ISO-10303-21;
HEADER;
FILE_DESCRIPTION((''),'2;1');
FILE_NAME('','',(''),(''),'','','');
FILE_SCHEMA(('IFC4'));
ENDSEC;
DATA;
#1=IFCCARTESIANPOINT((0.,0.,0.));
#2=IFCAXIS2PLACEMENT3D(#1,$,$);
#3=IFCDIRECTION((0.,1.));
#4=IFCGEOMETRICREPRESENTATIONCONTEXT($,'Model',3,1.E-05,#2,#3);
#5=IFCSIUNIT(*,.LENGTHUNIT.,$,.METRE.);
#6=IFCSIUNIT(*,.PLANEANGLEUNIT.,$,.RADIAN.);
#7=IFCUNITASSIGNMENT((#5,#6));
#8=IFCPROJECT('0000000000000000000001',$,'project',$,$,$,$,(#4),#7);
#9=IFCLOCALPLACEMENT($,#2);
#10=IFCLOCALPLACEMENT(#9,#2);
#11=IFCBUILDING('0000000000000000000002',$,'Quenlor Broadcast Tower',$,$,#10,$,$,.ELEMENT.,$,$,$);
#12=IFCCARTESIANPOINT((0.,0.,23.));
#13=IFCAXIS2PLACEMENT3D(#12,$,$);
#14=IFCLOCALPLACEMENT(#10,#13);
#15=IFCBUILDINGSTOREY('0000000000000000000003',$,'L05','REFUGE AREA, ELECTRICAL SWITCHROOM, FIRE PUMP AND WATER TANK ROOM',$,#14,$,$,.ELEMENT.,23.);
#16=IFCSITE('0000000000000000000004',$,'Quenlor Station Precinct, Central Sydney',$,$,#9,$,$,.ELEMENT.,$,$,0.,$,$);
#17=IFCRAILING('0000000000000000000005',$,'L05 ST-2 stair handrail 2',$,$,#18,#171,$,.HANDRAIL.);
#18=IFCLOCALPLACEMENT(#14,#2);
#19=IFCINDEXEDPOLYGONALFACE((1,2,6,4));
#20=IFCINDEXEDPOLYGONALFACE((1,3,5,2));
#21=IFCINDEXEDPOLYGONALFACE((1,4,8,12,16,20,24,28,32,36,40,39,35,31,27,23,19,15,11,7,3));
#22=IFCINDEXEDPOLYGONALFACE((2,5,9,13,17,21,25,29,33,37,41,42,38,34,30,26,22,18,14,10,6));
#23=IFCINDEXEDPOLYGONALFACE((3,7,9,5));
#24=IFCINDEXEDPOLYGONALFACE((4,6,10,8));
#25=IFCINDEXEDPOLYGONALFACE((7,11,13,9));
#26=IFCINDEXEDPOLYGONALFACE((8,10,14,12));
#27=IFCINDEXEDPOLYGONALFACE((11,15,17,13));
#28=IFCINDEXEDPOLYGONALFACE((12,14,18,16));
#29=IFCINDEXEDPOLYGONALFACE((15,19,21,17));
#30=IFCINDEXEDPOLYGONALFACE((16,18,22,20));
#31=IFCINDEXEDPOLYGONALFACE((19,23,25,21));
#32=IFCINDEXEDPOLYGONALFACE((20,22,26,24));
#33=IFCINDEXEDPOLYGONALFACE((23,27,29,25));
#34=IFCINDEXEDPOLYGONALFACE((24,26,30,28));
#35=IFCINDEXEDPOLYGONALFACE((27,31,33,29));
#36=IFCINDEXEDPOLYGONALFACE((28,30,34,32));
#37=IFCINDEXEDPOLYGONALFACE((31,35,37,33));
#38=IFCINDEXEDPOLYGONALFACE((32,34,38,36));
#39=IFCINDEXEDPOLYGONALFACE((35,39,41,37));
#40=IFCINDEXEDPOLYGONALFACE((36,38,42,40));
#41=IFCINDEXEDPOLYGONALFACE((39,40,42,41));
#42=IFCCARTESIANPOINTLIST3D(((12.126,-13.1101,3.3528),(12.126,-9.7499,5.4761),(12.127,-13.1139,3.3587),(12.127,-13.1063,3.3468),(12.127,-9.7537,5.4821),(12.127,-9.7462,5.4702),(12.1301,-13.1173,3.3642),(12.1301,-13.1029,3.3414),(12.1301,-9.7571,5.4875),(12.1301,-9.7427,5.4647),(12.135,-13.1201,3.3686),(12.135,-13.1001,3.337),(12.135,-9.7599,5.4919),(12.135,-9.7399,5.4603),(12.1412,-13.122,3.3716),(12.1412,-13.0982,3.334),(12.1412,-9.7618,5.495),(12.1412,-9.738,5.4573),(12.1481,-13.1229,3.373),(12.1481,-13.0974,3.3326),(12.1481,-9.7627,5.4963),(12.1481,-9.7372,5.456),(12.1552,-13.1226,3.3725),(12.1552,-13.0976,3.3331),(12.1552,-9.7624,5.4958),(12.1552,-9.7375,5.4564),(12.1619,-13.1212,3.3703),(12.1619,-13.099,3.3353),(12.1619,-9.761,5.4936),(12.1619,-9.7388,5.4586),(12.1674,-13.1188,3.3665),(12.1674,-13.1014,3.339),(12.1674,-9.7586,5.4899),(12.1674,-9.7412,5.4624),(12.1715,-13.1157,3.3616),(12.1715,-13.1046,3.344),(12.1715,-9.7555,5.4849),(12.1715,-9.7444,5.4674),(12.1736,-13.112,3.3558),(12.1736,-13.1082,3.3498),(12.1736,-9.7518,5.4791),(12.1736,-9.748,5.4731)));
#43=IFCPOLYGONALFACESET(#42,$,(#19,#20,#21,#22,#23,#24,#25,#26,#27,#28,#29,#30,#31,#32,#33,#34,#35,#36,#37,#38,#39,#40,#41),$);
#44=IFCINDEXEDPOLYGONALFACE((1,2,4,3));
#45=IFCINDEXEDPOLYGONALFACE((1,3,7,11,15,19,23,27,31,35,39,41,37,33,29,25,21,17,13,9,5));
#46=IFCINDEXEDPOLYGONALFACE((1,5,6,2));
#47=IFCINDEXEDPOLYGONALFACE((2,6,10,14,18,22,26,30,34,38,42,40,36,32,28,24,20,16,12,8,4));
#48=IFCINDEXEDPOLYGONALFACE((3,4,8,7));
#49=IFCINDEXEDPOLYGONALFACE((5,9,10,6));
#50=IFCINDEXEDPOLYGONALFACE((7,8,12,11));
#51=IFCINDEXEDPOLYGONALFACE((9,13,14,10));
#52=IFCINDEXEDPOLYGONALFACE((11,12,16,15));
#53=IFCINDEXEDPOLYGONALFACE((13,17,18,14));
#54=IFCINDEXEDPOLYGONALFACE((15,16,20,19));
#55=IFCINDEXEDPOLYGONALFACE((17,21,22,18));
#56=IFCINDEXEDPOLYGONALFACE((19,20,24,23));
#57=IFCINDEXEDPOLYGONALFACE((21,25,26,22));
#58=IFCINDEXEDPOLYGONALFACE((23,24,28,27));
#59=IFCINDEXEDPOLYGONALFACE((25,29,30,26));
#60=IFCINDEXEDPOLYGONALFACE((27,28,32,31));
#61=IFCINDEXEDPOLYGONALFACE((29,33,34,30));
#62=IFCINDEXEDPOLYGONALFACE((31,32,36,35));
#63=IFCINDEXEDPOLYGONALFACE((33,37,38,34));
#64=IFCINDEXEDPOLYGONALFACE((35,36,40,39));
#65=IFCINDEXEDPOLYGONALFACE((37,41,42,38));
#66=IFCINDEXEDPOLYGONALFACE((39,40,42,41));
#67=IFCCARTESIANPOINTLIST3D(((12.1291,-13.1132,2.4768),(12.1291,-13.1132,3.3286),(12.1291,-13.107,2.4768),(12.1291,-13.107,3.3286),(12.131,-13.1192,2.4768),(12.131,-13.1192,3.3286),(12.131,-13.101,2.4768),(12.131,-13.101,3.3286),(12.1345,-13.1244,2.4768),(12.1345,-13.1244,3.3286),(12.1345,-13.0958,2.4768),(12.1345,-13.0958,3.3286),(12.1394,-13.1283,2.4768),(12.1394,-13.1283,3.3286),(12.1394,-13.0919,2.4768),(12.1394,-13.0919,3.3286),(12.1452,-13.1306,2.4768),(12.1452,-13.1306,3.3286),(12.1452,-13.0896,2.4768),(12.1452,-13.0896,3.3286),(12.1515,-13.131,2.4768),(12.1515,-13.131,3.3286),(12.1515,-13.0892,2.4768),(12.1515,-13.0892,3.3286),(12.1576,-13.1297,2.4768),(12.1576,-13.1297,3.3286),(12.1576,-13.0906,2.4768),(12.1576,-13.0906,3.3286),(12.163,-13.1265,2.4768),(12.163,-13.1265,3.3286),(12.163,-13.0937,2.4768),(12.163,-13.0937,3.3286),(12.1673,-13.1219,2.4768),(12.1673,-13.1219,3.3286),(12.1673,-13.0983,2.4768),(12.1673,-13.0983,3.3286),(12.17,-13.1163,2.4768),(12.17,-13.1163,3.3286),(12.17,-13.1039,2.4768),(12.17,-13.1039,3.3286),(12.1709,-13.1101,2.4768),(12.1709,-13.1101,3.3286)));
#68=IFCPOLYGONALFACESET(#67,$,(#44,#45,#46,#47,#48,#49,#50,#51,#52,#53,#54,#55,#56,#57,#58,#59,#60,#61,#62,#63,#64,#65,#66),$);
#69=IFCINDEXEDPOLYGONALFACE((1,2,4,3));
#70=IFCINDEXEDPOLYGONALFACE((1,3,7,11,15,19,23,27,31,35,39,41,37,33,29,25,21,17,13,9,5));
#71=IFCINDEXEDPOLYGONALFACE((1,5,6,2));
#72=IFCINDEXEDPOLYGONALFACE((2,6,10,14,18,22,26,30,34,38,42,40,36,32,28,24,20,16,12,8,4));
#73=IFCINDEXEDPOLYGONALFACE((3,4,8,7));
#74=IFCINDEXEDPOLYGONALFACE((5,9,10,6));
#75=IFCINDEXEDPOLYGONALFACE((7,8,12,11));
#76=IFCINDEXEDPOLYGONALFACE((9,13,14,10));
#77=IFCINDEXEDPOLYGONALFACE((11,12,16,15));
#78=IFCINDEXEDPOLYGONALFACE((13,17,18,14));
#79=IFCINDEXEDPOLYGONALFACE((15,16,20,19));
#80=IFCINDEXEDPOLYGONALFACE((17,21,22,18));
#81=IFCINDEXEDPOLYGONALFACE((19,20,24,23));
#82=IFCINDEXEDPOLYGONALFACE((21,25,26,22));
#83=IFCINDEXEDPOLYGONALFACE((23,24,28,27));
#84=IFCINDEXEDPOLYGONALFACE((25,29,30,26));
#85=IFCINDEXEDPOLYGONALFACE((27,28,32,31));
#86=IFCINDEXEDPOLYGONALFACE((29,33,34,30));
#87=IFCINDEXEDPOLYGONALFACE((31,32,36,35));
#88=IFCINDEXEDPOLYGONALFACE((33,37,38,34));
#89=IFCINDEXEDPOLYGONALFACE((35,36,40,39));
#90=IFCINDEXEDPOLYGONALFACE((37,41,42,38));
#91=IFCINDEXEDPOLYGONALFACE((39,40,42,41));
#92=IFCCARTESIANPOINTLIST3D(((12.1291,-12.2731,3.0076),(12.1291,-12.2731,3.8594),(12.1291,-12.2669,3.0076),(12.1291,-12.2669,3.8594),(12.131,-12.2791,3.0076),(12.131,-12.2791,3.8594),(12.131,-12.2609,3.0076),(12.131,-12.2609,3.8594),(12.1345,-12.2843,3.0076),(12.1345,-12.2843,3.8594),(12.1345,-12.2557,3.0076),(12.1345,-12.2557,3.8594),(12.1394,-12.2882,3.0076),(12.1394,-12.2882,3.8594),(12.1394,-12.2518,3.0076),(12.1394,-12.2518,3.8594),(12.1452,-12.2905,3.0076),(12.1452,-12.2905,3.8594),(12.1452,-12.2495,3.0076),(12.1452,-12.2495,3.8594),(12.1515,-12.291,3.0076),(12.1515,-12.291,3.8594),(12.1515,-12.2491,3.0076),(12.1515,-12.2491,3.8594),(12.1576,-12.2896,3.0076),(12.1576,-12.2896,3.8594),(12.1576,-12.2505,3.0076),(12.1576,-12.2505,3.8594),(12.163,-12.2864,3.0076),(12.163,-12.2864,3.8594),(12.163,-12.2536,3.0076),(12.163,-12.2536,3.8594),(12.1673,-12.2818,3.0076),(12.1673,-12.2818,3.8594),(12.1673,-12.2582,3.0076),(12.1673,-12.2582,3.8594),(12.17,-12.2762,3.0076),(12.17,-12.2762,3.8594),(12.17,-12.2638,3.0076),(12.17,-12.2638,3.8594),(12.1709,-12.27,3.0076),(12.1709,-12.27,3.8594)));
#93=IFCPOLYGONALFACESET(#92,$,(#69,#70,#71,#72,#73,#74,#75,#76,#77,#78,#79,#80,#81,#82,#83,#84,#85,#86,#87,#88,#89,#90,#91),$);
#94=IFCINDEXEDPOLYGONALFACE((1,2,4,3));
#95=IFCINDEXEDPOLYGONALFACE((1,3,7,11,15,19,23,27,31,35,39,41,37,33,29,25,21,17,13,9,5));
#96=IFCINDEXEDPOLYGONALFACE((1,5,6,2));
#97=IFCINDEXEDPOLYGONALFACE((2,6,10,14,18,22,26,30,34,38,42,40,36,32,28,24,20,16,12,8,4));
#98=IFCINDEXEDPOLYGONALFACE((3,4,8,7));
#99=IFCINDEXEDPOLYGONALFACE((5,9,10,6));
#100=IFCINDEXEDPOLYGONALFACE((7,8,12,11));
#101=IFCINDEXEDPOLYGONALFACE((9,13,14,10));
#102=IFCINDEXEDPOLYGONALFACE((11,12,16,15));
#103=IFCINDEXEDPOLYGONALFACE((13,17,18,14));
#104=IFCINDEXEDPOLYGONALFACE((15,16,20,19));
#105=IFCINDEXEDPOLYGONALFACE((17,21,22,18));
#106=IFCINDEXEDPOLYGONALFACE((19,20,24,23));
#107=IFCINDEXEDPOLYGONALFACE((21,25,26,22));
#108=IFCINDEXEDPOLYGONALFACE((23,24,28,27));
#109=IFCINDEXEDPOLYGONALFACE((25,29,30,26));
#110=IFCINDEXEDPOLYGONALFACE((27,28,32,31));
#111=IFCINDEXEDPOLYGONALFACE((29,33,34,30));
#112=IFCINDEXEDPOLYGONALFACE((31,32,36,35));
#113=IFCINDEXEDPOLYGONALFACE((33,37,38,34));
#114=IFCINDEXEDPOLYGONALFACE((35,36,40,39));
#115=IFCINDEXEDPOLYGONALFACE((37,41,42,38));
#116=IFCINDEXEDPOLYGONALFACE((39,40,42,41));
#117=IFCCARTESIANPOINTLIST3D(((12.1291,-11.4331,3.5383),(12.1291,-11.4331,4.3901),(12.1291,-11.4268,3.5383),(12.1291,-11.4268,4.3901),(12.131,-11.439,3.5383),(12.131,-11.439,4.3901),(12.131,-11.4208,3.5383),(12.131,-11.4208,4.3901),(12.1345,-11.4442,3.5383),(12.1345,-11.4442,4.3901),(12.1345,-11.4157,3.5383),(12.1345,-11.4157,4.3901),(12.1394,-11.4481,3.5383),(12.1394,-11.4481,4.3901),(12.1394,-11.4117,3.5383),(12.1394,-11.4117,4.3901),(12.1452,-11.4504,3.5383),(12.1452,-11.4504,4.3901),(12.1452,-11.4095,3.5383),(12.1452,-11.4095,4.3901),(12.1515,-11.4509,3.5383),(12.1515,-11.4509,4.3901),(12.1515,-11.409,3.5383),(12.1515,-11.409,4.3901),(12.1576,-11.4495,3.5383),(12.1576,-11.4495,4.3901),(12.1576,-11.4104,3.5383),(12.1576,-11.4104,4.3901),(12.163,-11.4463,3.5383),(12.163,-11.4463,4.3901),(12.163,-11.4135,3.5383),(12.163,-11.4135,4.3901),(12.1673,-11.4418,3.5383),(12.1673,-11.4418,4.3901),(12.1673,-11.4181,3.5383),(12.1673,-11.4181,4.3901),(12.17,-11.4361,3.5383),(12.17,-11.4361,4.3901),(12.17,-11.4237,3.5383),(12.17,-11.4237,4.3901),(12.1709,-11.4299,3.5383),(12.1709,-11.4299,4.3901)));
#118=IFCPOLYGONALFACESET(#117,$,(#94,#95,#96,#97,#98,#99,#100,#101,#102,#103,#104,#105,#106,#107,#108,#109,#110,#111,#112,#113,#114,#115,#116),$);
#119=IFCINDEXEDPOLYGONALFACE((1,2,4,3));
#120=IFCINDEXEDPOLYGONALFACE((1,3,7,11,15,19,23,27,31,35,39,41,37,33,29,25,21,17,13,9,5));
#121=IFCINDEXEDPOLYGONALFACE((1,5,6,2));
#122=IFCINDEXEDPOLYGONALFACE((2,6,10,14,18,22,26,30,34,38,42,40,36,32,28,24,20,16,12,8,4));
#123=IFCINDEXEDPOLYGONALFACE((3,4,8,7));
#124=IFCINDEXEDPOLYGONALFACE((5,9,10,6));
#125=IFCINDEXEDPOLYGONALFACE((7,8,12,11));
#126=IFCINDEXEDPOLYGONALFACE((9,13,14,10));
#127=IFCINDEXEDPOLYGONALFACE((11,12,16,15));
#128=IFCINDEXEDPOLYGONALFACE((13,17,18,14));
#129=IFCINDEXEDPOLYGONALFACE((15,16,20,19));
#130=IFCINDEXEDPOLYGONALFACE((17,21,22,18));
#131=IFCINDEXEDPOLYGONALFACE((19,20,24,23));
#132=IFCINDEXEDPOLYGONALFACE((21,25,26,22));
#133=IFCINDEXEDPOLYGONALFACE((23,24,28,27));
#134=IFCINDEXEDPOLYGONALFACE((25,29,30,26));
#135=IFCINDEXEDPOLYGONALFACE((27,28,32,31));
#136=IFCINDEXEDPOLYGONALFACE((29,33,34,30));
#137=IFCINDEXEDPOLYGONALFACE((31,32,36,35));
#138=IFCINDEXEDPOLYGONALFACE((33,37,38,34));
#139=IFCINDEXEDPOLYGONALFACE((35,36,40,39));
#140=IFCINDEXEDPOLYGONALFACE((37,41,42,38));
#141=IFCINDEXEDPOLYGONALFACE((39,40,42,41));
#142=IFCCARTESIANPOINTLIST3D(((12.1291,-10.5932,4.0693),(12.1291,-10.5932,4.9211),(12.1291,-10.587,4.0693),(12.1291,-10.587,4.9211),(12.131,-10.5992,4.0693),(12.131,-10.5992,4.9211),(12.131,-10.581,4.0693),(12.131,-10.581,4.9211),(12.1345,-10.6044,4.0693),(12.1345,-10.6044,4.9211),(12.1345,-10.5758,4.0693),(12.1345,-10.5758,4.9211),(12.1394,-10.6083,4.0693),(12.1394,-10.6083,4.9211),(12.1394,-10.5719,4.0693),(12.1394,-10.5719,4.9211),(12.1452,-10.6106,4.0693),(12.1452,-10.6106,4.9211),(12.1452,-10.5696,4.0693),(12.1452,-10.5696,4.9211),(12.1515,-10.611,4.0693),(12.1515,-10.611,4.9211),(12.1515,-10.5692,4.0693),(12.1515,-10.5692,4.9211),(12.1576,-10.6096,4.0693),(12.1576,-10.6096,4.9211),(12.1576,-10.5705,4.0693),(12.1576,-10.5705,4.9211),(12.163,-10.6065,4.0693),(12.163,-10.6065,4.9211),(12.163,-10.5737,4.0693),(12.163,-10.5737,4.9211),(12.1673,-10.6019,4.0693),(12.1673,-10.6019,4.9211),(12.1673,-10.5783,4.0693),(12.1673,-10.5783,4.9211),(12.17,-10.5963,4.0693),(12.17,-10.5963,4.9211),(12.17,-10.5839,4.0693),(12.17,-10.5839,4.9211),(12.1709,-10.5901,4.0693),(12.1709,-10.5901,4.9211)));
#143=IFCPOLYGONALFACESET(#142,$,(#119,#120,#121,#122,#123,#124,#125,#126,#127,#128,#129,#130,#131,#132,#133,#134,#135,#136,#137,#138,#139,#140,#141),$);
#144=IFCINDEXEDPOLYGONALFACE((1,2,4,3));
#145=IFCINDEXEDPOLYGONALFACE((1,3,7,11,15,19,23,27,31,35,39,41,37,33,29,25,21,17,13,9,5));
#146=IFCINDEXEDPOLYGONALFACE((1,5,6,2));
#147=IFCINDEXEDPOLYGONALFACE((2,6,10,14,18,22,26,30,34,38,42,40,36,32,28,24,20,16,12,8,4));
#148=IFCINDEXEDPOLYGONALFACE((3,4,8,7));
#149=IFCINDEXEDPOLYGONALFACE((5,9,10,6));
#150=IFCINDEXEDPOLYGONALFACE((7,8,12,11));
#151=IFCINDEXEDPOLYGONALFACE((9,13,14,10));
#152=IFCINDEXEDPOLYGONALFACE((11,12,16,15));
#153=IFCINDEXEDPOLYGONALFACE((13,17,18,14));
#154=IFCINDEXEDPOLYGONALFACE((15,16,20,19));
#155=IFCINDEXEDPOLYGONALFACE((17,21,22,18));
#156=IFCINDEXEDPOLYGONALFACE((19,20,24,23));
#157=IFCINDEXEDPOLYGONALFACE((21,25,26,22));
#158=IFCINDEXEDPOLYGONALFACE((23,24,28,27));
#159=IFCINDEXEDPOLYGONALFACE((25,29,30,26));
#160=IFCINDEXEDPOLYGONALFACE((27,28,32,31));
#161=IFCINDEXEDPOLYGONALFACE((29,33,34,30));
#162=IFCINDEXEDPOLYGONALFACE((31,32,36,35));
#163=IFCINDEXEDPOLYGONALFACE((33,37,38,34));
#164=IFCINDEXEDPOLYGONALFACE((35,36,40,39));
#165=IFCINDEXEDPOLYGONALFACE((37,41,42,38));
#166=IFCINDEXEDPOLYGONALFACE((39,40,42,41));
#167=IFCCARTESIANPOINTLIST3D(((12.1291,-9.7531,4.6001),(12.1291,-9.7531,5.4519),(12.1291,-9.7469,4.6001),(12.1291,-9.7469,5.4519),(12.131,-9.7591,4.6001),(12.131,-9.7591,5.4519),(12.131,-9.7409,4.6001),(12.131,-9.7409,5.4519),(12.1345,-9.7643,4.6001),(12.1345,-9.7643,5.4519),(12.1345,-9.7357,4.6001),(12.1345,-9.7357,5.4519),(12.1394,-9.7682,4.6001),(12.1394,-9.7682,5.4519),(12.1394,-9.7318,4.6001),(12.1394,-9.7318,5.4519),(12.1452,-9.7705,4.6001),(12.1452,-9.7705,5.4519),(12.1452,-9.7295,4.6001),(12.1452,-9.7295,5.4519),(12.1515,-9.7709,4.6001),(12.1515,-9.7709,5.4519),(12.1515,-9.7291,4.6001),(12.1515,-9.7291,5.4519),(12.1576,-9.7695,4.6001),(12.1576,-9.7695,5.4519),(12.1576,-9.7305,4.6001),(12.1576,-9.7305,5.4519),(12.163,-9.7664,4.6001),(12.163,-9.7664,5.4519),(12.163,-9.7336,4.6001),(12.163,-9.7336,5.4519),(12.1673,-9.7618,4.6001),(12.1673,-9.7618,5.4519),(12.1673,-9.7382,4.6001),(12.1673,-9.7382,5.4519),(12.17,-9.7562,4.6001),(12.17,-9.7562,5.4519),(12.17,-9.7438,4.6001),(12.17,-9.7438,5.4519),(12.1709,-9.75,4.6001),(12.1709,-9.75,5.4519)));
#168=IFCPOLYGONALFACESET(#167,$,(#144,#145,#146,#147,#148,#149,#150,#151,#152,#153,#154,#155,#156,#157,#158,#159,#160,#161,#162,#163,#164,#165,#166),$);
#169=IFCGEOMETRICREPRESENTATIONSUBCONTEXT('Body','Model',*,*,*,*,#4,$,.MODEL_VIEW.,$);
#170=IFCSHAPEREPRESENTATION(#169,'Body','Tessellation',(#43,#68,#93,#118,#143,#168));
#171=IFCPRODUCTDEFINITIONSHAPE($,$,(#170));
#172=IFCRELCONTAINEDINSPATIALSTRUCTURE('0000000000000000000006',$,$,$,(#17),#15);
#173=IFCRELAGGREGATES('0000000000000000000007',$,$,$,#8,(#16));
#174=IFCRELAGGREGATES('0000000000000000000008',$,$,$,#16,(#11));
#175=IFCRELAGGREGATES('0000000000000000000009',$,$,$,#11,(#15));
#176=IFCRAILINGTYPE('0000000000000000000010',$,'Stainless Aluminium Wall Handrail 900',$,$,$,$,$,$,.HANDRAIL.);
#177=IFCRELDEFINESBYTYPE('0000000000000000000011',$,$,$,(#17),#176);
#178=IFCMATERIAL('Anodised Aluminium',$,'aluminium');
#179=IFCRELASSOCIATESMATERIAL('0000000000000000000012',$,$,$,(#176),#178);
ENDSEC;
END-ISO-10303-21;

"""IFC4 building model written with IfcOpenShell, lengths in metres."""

from ifc_helpers import new_model, si_unit, direction, frame, origin, origin_2d, place, context, subcontext, project, spatial, circle, extrude, material, type_object, element, save


model = new_model("IFC4")

# Units and contexts
model_context = context("Model", 3, precision=1e-05, world=origin(), true_north=direction((0.0, 1.0)))
body_context = subcontext(model_context, "Body", "Model", "MODEL_VIEW")
ifc_project = project(units=[si_unit("LENGTHUNIT", "METRE"), si_unit("PLANEANGLEUNIT", "RADIAN")], contexts=[model_context])

# Site, building, storey
site_placement = place(None, origin())
site = spatial("IfcSite", under=ifc_project, at=site_placement, Name="Quenlor Station Precinct, Central Sydney", CompositionType="ELEMENT", RefElevation=0.0)
building_placement = place(site_placement, origin())
building = spatial("IfcBuilding", under=site, at=building_placement, Name="Quenlor Broadcast Tower", CompositionType="ELEMENT")
storey_placement = place(building_placement, frame((0.0, 0.0, 23.0)))
storey = spatial("IfcBuildingStorey", under=building, at=storey_placement, Name="L05", Description="REFUGE AREA, ELECTRICAL SWITCHROOM, FIRE PUMP AND WATER TANK ROOM", CompositionType="ELEMENT", Elevation=23.0)

# Railing
ifc_material_1 = material(Name="Anodised Aluminium", Category="aluminium")
railing_type_1 = type_object("IfcRailingType", Name="Stainless Aluminium Wall Handrail 900", PredefinedType="HANDRAIL", material=ifc_material_1)
railing_1_placement = place(storey_placement, frame((12.1499, -13.1101, 2.4768)))
element("IfcRailing", 1, at=railing_1_placement, inside=storey, type_object=railing_type_1, Name="L05 ST-2 stair handrail 2", PredefinedType="HANDRAIL", context=body_context, shape_type="SweptSolid", body=[
    extrude(circle(Radius=0.0239, at=origin_2d()), frame((0.0, 0.0, 0.876), z_axis=(0.0, 0.845362, 0.534194), x_axis=(-1.0, 0.0, 0.0)), (0.0, 0.0, 1.0), 3.9749),
    extrude(circle(Radius=0.021, at=origin_2d()), origin(), (0.0, 0.0, 1.0), 0.8518),
    extrude(circle(Radius=0.021, at=origin_2d()), frame((0.0, 0.8401, 0.5308)), (0.0, 0.0, 1.0), 0.8518),
    extrude(circle(Radius=0.021, at=origin_2d()), frame((0.0, 1.6802, 1.0615)), (0.0, 0.0, 1.0), 0.8518),
    extrude(circle(Radius=0.021, at=origin_2d()), frame((0.0, 2.52, 1.5925)), (0.0, 0.0, 1.0), 0.8518),
    extrude(circle(Radius=0.021, at=origin_2d()), frame((0.0, 3.3601, 2.1233)), (0.0, 0.0, 1.0), 0.8518),
])

save(model, "model.ifc")
